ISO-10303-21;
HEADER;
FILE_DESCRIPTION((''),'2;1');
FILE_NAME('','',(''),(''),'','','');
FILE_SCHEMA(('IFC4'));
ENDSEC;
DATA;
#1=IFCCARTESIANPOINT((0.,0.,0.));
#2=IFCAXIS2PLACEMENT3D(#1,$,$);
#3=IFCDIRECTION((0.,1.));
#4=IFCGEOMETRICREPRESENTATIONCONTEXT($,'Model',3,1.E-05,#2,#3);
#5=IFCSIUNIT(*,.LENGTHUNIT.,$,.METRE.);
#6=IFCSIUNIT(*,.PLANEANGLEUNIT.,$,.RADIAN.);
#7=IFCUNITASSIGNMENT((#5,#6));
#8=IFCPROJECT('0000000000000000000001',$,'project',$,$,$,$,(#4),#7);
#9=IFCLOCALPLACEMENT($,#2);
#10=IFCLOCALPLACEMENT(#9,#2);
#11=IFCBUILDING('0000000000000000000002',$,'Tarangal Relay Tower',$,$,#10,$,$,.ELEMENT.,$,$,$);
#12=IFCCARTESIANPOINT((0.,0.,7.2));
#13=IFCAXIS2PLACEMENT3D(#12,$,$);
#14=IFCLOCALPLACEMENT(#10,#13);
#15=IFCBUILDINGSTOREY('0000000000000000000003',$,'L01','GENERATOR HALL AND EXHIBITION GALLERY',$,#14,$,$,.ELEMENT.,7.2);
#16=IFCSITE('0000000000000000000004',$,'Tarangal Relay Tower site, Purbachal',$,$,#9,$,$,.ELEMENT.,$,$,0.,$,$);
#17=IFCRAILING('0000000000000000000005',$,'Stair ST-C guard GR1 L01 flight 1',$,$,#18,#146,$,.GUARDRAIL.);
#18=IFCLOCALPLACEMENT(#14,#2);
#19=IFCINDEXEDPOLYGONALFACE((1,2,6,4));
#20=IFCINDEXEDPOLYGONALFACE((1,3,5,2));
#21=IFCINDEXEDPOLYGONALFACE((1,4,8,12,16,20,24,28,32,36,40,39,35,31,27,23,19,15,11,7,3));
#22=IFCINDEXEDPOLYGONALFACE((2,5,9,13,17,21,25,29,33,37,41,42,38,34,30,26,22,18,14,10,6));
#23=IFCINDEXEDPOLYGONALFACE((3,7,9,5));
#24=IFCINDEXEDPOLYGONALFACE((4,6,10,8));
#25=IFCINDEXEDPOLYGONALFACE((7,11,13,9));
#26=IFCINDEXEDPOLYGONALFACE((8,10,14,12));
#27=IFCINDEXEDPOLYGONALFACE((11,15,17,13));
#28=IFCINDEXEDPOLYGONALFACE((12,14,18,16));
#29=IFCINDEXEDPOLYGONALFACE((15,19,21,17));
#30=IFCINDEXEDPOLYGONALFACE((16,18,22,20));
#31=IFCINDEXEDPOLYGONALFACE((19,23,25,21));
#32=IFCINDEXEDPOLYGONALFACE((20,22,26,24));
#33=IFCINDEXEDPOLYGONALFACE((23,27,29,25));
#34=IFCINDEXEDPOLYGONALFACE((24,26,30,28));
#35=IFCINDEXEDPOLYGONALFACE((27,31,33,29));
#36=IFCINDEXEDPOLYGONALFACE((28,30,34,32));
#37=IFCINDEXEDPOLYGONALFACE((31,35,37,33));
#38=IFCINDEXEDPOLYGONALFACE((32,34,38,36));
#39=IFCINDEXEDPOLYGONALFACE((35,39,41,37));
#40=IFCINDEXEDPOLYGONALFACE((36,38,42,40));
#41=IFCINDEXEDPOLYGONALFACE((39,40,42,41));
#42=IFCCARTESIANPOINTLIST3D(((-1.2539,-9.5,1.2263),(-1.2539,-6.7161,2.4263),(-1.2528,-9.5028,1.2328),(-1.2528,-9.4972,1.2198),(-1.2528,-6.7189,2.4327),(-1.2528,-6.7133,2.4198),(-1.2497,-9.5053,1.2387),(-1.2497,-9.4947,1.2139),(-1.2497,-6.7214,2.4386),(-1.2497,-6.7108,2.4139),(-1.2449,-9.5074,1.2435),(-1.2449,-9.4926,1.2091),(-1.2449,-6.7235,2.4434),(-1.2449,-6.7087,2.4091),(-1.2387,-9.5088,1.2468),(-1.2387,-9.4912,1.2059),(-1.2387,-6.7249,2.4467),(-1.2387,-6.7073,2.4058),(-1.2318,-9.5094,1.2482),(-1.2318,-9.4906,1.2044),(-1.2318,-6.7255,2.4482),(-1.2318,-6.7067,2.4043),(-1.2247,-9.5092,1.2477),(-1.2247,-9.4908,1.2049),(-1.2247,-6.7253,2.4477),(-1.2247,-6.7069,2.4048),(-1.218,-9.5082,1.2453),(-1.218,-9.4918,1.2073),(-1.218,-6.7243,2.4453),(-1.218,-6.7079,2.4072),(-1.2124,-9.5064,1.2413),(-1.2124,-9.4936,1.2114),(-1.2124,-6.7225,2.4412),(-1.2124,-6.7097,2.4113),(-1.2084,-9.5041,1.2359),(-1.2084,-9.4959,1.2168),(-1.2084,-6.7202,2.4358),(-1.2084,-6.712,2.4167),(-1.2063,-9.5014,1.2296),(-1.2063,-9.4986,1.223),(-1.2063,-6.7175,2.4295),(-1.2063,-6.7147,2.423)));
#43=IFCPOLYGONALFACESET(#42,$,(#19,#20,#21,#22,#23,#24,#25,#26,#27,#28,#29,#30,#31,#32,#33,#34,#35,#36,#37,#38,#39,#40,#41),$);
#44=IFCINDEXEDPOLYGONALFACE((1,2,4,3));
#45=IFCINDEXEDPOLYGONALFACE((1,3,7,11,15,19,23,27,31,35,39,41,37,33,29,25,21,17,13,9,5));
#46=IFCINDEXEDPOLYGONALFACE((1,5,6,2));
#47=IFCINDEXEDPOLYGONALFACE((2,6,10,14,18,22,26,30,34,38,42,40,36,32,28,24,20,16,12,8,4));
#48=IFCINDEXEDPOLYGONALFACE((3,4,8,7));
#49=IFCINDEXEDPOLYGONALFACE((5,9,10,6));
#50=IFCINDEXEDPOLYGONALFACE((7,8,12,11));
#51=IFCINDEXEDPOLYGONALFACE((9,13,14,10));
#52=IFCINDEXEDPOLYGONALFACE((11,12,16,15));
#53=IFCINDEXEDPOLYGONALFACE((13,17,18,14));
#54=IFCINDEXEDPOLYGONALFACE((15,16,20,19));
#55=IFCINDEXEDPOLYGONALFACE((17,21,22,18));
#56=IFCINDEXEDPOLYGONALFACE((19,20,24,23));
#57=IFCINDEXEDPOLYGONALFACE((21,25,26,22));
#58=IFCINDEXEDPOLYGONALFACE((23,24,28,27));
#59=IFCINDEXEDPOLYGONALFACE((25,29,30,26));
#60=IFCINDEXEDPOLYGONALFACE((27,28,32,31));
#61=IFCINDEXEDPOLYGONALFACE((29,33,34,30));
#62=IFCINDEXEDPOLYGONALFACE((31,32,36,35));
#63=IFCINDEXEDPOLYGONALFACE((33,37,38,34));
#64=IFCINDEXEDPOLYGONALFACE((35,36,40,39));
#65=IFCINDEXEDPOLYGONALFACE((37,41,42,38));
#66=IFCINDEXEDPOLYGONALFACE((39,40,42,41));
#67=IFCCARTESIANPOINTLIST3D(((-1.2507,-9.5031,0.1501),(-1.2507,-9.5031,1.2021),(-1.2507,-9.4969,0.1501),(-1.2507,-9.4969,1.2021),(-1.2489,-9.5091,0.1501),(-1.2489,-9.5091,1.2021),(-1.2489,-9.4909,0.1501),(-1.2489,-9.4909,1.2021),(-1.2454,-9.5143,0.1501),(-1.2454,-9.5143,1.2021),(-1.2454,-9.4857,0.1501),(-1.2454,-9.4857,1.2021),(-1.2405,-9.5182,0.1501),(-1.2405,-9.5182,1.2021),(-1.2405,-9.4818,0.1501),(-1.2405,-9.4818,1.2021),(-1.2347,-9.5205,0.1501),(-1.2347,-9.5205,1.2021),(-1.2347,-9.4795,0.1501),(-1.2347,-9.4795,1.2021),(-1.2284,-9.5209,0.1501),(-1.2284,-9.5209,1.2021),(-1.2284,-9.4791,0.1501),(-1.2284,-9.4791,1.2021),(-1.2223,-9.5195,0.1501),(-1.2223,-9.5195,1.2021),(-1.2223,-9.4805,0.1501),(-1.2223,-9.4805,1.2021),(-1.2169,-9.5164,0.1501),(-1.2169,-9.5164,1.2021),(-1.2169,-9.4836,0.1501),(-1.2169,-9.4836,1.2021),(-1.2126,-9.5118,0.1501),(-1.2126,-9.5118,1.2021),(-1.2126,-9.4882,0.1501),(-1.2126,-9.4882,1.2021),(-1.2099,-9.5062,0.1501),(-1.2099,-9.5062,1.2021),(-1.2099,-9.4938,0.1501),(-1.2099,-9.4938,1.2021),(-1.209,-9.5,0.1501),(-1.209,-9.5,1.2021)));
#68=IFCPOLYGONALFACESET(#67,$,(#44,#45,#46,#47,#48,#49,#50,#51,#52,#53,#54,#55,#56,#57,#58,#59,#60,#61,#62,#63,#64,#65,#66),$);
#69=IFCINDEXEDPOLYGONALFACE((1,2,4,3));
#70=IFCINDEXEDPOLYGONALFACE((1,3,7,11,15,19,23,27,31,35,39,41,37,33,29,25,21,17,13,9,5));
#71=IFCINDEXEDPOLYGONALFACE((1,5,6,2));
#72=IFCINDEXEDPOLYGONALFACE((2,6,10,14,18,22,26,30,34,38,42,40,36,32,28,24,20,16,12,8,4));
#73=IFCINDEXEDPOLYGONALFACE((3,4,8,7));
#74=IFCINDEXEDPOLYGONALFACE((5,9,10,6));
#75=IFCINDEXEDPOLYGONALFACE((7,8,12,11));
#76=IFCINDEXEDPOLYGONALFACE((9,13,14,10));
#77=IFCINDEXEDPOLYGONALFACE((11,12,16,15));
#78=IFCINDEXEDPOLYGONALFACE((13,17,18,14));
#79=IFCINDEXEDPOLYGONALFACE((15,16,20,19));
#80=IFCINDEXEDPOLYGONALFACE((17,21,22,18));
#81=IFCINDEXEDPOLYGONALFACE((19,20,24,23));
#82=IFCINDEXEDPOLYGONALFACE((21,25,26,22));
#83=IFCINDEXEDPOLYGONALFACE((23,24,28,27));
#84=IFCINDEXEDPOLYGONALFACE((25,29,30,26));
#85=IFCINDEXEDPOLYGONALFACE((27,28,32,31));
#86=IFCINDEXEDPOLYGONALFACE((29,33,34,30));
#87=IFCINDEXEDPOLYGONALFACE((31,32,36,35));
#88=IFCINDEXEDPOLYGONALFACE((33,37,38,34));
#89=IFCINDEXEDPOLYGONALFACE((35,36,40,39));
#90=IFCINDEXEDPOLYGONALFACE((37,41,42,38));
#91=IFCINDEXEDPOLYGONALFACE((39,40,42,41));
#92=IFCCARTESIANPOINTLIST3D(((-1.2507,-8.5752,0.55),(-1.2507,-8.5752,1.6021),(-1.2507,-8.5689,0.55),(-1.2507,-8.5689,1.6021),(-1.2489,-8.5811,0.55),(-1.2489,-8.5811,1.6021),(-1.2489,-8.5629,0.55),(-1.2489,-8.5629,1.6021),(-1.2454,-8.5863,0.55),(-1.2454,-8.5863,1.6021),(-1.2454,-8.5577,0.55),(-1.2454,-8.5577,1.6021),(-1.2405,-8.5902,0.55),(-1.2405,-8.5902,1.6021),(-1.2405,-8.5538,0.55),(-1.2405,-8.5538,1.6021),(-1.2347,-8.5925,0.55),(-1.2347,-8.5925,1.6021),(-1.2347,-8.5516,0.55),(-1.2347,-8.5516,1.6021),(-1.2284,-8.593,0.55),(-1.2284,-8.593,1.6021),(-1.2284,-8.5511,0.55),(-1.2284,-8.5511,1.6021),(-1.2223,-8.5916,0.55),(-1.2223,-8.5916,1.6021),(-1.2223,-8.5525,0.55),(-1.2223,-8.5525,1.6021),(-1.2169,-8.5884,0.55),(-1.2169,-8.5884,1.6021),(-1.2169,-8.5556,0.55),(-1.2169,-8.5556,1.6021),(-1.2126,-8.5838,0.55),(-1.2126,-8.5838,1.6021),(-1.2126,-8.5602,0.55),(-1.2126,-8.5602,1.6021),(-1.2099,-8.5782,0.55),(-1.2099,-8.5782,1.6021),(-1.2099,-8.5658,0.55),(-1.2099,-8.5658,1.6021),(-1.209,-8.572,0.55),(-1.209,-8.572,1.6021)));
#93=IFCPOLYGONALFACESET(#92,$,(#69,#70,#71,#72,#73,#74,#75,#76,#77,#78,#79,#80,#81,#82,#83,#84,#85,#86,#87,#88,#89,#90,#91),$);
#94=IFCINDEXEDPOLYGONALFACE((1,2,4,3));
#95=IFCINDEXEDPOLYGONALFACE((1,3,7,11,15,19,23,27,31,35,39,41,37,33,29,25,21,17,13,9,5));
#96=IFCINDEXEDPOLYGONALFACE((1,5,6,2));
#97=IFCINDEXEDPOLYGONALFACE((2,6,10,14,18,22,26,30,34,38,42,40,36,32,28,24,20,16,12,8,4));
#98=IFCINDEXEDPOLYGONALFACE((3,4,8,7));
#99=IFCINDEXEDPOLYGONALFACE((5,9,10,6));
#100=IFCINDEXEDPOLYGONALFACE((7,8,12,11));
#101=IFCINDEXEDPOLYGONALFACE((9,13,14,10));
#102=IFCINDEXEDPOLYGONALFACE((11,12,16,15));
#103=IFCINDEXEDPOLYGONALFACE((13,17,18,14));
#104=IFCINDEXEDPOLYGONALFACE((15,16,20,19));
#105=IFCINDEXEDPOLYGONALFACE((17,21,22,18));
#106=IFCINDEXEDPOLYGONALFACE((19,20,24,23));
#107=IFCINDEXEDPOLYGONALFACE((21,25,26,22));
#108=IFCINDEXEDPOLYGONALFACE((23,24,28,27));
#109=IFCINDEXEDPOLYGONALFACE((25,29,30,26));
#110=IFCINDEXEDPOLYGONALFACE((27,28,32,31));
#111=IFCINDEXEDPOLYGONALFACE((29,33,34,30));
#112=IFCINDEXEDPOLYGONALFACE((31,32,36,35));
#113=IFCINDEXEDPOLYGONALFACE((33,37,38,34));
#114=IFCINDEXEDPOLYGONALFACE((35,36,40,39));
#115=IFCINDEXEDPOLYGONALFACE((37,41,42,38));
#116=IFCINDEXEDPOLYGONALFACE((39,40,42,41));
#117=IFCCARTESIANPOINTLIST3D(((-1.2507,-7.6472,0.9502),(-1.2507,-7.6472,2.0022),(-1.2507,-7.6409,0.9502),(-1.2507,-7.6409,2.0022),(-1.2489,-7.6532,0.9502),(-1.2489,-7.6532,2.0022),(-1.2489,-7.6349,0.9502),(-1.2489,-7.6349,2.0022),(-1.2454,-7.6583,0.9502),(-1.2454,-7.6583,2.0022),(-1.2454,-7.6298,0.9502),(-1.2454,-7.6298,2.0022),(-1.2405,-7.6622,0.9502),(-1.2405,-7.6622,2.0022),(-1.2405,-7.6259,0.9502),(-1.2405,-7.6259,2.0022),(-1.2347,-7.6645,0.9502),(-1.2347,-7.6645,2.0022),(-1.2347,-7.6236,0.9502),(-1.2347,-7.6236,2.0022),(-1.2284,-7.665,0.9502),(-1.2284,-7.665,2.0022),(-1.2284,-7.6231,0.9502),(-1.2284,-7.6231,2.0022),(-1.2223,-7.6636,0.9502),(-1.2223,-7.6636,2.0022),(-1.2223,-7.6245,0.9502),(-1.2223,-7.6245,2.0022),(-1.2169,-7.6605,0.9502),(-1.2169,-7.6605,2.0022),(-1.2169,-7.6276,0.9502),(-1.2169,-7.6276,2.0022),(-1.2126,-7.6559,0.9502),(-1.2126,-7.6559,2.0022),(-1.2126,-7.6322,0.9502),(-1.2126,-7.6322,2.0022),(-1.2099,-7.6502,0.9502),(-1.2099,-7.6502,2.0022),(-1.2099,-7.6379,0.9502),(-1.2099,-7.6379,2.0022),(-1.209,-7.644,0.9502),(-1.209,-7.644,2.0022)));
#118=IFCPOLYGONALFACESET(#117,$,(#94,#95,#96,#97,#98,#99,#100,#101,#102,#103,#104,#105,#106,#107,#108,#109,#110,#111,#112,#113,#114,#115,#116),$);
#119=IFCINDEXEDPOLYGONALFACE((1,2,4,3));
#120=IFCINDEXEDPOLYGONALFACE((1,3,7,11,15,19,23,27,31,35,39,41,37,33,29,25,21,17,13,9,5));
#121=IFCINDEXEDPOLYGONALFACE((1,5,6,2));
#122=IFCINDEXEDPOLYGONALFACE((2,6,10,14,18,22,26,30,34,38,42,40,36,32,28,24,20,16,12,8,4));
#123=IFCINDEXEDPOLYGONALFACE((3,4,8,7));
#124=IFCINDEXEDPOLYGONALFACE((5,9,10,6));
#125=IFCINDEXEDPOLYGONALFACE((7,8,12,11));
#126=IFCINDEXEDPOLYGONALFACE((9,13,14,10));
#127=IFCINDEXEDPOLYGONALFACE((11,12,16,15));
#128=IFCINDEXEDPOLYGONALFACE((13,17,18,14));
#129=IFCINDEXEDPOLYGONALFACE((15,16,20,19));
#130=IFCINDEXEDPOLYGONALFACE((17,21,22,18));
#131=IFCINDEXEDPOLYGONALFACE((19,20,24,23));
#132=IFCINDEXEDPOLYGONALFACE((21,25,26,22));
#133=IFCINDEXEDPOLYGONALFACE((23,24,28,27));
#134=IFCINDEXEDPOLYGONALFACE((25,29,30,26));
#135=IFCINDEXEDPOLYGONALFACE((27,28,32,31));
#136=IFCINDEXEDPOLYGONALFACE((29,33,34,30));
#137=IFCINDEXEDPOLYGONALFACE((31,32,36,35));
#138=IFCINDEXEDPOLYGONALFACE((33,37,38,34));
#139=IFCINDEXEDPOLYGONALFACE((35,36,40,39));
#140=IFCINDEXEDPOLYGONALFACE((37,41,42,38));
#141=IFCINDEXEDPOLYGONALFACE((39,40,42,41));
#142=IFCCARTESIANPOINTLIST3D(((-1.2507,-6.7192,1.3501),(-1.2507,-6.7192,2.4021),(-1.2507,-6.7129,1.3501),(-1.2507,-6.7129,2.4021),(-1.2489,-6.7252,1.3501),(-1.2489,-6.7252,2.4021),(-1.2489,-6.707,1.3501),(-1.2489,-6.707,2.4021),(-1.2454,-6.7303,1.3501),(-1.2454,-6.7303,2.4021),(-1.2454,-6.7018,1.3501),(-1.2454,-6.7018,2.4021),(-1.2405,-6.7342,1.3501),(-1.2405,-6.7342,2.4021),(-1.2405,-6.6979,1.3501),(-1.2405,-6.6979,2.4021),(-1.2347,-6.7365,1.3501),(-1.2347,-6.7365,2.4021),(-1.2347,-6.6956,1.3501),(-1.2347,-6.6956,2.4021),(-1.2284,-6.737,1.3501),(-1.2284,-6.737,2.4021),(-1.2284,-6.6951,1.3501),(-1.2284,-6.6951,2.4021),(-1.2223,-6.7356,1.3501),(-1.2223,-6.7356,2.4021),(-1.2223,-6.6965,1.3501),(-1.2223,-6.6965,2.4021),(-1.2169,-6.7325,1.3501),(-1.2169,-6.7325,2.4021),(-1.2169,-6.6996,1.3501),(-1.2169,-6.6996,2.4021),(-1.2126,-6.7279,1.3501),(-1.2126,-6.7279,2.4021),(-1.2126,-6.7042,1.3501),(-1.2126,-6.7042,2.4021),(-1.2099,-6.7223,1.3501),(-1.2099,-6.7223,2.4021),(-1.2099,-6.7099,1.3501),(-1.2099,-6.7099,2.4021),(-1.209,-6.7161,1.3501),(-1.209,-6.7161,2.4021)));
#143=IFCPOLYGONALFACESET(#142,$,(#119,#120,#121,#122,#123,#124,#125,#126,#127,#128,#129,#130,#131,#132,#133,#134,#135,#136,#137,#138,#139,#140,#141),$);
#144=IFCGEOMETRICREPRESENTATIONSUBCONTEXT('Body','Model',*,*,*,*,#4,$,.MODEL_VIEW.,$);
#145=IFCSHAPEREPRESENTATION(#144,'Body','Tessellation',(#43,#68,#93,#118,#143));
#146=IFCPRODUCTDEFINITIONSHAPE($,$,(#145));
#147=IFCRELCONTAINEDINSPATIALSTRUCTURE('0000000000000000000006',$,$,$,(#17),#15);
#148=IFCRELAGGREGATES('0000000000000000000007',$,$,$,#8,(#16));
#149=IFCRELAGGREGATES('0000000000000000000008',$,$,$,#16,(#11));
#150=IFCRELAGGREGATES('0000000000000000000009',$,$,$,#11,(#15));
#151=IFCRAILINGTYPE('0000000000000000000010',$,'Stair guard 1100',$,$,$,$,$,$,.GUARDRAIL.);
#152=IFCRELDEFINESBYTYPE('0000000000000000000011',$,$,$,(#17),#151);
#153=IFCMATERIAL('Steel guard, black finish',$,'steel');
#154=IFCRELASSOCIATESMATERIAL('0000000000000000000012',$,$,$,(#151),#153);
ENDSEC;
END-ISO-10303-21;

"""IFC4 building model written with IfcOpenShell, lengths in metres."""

from ifc_helpers import new_model, si_unit, direction, frame, origin, origin_2d, place, context, subcontext, project, spatial, circle, extrude, material, type_object, element, save


model = new_model("IFC4")

# Units and contexts
model_context = context("Model", 3, precision=1e-05, world=origin(), true_north=direction((0.0, 1.0)))
body_context = subcontext(model_context, "Body", "Model", "MODEL_VIEW")
ifc_project = project(units=[si_unit("LENGTHUNIT", "METRE"), si_unit("PLANEANGLEUNIT", "RADIAN")], contexts=[model_context])

# Site, building, storey
site_placement = place(None, origin())
site = spatial("IfcSite", under=ifc_project, at=site_placement, Name="Tarangal Relay Tower site, Purbachal", CompositionType="ELEMENT", RefElevation=0.0)
building_placement = place(site_placement, origin())
building = spatial("IfcBuilding", under=site, at=building_placement, Name="Tarangal Relay Tower", CompositionType="ELEMENT")
storey_placement = place(building_placement, frame((0.0, 0.0, 7.2)))
storey = spatial("IfcBuildingStorey", under=building, at=storey_placement, Name="L01", Description="GENERATOR HALL AND EXHIBITION GALLERY", CompositionType="ELEMENT", Elevation=7.2)

# Railing
ifc_material_1 = material(Name="Steel guard, black finish", Category="steel")
railing_type_1 = type_object("IfcRailingType", Name="Stair guard 1100", PredefinedType="GUARDRAIL", material=ifc_material_1)
for number, where, name in (
    (1, (-1.23, -9.5, 0.1501), "Stair ST-C guard GR1 L01 flight 1"),
):
    element("IfcRailing", number, at=place(storey_placement, frame(where)), inside=storey, type_object=railing_type_1, Name=name, PredefinedType="GUARDRAIL", context=body_context, shape_type="SweptSolid", body=[
        extrude(circle(Radius=0.0239, at=origin_2d()), frame((0.0, 0.0, 1.0762), z_axis=(0.0, 0.918327, 0.395823), x_axis=(-1.0, 0.0, 0.0)), (0.0, 0.0, 1.0), 3.0315),
        extrude(circle(Radius=0.021, at=origin_2d()), origin(), (0.0, 0.0, 1.0), 1.052),
        extrude(circle(Radius=0.021, at=origin_2d()), frame((0.0, 0.928, 0.3999)), (0.0, 0.0, 1.0), 1.052),
        extrude(circle(Radius=0.021, at=origin_2d()), frame((0.0, 1.856, 0.8)), (0.0, 0.0, 1.0), 1.052),
        extrude(circle(Radius=0.021, at=origin_2d()), frame((0.0, 2.7839, 1.2)), (0.0, 0.0, 1.0), 1.052),
    ])

save(model, "model.ifc")
